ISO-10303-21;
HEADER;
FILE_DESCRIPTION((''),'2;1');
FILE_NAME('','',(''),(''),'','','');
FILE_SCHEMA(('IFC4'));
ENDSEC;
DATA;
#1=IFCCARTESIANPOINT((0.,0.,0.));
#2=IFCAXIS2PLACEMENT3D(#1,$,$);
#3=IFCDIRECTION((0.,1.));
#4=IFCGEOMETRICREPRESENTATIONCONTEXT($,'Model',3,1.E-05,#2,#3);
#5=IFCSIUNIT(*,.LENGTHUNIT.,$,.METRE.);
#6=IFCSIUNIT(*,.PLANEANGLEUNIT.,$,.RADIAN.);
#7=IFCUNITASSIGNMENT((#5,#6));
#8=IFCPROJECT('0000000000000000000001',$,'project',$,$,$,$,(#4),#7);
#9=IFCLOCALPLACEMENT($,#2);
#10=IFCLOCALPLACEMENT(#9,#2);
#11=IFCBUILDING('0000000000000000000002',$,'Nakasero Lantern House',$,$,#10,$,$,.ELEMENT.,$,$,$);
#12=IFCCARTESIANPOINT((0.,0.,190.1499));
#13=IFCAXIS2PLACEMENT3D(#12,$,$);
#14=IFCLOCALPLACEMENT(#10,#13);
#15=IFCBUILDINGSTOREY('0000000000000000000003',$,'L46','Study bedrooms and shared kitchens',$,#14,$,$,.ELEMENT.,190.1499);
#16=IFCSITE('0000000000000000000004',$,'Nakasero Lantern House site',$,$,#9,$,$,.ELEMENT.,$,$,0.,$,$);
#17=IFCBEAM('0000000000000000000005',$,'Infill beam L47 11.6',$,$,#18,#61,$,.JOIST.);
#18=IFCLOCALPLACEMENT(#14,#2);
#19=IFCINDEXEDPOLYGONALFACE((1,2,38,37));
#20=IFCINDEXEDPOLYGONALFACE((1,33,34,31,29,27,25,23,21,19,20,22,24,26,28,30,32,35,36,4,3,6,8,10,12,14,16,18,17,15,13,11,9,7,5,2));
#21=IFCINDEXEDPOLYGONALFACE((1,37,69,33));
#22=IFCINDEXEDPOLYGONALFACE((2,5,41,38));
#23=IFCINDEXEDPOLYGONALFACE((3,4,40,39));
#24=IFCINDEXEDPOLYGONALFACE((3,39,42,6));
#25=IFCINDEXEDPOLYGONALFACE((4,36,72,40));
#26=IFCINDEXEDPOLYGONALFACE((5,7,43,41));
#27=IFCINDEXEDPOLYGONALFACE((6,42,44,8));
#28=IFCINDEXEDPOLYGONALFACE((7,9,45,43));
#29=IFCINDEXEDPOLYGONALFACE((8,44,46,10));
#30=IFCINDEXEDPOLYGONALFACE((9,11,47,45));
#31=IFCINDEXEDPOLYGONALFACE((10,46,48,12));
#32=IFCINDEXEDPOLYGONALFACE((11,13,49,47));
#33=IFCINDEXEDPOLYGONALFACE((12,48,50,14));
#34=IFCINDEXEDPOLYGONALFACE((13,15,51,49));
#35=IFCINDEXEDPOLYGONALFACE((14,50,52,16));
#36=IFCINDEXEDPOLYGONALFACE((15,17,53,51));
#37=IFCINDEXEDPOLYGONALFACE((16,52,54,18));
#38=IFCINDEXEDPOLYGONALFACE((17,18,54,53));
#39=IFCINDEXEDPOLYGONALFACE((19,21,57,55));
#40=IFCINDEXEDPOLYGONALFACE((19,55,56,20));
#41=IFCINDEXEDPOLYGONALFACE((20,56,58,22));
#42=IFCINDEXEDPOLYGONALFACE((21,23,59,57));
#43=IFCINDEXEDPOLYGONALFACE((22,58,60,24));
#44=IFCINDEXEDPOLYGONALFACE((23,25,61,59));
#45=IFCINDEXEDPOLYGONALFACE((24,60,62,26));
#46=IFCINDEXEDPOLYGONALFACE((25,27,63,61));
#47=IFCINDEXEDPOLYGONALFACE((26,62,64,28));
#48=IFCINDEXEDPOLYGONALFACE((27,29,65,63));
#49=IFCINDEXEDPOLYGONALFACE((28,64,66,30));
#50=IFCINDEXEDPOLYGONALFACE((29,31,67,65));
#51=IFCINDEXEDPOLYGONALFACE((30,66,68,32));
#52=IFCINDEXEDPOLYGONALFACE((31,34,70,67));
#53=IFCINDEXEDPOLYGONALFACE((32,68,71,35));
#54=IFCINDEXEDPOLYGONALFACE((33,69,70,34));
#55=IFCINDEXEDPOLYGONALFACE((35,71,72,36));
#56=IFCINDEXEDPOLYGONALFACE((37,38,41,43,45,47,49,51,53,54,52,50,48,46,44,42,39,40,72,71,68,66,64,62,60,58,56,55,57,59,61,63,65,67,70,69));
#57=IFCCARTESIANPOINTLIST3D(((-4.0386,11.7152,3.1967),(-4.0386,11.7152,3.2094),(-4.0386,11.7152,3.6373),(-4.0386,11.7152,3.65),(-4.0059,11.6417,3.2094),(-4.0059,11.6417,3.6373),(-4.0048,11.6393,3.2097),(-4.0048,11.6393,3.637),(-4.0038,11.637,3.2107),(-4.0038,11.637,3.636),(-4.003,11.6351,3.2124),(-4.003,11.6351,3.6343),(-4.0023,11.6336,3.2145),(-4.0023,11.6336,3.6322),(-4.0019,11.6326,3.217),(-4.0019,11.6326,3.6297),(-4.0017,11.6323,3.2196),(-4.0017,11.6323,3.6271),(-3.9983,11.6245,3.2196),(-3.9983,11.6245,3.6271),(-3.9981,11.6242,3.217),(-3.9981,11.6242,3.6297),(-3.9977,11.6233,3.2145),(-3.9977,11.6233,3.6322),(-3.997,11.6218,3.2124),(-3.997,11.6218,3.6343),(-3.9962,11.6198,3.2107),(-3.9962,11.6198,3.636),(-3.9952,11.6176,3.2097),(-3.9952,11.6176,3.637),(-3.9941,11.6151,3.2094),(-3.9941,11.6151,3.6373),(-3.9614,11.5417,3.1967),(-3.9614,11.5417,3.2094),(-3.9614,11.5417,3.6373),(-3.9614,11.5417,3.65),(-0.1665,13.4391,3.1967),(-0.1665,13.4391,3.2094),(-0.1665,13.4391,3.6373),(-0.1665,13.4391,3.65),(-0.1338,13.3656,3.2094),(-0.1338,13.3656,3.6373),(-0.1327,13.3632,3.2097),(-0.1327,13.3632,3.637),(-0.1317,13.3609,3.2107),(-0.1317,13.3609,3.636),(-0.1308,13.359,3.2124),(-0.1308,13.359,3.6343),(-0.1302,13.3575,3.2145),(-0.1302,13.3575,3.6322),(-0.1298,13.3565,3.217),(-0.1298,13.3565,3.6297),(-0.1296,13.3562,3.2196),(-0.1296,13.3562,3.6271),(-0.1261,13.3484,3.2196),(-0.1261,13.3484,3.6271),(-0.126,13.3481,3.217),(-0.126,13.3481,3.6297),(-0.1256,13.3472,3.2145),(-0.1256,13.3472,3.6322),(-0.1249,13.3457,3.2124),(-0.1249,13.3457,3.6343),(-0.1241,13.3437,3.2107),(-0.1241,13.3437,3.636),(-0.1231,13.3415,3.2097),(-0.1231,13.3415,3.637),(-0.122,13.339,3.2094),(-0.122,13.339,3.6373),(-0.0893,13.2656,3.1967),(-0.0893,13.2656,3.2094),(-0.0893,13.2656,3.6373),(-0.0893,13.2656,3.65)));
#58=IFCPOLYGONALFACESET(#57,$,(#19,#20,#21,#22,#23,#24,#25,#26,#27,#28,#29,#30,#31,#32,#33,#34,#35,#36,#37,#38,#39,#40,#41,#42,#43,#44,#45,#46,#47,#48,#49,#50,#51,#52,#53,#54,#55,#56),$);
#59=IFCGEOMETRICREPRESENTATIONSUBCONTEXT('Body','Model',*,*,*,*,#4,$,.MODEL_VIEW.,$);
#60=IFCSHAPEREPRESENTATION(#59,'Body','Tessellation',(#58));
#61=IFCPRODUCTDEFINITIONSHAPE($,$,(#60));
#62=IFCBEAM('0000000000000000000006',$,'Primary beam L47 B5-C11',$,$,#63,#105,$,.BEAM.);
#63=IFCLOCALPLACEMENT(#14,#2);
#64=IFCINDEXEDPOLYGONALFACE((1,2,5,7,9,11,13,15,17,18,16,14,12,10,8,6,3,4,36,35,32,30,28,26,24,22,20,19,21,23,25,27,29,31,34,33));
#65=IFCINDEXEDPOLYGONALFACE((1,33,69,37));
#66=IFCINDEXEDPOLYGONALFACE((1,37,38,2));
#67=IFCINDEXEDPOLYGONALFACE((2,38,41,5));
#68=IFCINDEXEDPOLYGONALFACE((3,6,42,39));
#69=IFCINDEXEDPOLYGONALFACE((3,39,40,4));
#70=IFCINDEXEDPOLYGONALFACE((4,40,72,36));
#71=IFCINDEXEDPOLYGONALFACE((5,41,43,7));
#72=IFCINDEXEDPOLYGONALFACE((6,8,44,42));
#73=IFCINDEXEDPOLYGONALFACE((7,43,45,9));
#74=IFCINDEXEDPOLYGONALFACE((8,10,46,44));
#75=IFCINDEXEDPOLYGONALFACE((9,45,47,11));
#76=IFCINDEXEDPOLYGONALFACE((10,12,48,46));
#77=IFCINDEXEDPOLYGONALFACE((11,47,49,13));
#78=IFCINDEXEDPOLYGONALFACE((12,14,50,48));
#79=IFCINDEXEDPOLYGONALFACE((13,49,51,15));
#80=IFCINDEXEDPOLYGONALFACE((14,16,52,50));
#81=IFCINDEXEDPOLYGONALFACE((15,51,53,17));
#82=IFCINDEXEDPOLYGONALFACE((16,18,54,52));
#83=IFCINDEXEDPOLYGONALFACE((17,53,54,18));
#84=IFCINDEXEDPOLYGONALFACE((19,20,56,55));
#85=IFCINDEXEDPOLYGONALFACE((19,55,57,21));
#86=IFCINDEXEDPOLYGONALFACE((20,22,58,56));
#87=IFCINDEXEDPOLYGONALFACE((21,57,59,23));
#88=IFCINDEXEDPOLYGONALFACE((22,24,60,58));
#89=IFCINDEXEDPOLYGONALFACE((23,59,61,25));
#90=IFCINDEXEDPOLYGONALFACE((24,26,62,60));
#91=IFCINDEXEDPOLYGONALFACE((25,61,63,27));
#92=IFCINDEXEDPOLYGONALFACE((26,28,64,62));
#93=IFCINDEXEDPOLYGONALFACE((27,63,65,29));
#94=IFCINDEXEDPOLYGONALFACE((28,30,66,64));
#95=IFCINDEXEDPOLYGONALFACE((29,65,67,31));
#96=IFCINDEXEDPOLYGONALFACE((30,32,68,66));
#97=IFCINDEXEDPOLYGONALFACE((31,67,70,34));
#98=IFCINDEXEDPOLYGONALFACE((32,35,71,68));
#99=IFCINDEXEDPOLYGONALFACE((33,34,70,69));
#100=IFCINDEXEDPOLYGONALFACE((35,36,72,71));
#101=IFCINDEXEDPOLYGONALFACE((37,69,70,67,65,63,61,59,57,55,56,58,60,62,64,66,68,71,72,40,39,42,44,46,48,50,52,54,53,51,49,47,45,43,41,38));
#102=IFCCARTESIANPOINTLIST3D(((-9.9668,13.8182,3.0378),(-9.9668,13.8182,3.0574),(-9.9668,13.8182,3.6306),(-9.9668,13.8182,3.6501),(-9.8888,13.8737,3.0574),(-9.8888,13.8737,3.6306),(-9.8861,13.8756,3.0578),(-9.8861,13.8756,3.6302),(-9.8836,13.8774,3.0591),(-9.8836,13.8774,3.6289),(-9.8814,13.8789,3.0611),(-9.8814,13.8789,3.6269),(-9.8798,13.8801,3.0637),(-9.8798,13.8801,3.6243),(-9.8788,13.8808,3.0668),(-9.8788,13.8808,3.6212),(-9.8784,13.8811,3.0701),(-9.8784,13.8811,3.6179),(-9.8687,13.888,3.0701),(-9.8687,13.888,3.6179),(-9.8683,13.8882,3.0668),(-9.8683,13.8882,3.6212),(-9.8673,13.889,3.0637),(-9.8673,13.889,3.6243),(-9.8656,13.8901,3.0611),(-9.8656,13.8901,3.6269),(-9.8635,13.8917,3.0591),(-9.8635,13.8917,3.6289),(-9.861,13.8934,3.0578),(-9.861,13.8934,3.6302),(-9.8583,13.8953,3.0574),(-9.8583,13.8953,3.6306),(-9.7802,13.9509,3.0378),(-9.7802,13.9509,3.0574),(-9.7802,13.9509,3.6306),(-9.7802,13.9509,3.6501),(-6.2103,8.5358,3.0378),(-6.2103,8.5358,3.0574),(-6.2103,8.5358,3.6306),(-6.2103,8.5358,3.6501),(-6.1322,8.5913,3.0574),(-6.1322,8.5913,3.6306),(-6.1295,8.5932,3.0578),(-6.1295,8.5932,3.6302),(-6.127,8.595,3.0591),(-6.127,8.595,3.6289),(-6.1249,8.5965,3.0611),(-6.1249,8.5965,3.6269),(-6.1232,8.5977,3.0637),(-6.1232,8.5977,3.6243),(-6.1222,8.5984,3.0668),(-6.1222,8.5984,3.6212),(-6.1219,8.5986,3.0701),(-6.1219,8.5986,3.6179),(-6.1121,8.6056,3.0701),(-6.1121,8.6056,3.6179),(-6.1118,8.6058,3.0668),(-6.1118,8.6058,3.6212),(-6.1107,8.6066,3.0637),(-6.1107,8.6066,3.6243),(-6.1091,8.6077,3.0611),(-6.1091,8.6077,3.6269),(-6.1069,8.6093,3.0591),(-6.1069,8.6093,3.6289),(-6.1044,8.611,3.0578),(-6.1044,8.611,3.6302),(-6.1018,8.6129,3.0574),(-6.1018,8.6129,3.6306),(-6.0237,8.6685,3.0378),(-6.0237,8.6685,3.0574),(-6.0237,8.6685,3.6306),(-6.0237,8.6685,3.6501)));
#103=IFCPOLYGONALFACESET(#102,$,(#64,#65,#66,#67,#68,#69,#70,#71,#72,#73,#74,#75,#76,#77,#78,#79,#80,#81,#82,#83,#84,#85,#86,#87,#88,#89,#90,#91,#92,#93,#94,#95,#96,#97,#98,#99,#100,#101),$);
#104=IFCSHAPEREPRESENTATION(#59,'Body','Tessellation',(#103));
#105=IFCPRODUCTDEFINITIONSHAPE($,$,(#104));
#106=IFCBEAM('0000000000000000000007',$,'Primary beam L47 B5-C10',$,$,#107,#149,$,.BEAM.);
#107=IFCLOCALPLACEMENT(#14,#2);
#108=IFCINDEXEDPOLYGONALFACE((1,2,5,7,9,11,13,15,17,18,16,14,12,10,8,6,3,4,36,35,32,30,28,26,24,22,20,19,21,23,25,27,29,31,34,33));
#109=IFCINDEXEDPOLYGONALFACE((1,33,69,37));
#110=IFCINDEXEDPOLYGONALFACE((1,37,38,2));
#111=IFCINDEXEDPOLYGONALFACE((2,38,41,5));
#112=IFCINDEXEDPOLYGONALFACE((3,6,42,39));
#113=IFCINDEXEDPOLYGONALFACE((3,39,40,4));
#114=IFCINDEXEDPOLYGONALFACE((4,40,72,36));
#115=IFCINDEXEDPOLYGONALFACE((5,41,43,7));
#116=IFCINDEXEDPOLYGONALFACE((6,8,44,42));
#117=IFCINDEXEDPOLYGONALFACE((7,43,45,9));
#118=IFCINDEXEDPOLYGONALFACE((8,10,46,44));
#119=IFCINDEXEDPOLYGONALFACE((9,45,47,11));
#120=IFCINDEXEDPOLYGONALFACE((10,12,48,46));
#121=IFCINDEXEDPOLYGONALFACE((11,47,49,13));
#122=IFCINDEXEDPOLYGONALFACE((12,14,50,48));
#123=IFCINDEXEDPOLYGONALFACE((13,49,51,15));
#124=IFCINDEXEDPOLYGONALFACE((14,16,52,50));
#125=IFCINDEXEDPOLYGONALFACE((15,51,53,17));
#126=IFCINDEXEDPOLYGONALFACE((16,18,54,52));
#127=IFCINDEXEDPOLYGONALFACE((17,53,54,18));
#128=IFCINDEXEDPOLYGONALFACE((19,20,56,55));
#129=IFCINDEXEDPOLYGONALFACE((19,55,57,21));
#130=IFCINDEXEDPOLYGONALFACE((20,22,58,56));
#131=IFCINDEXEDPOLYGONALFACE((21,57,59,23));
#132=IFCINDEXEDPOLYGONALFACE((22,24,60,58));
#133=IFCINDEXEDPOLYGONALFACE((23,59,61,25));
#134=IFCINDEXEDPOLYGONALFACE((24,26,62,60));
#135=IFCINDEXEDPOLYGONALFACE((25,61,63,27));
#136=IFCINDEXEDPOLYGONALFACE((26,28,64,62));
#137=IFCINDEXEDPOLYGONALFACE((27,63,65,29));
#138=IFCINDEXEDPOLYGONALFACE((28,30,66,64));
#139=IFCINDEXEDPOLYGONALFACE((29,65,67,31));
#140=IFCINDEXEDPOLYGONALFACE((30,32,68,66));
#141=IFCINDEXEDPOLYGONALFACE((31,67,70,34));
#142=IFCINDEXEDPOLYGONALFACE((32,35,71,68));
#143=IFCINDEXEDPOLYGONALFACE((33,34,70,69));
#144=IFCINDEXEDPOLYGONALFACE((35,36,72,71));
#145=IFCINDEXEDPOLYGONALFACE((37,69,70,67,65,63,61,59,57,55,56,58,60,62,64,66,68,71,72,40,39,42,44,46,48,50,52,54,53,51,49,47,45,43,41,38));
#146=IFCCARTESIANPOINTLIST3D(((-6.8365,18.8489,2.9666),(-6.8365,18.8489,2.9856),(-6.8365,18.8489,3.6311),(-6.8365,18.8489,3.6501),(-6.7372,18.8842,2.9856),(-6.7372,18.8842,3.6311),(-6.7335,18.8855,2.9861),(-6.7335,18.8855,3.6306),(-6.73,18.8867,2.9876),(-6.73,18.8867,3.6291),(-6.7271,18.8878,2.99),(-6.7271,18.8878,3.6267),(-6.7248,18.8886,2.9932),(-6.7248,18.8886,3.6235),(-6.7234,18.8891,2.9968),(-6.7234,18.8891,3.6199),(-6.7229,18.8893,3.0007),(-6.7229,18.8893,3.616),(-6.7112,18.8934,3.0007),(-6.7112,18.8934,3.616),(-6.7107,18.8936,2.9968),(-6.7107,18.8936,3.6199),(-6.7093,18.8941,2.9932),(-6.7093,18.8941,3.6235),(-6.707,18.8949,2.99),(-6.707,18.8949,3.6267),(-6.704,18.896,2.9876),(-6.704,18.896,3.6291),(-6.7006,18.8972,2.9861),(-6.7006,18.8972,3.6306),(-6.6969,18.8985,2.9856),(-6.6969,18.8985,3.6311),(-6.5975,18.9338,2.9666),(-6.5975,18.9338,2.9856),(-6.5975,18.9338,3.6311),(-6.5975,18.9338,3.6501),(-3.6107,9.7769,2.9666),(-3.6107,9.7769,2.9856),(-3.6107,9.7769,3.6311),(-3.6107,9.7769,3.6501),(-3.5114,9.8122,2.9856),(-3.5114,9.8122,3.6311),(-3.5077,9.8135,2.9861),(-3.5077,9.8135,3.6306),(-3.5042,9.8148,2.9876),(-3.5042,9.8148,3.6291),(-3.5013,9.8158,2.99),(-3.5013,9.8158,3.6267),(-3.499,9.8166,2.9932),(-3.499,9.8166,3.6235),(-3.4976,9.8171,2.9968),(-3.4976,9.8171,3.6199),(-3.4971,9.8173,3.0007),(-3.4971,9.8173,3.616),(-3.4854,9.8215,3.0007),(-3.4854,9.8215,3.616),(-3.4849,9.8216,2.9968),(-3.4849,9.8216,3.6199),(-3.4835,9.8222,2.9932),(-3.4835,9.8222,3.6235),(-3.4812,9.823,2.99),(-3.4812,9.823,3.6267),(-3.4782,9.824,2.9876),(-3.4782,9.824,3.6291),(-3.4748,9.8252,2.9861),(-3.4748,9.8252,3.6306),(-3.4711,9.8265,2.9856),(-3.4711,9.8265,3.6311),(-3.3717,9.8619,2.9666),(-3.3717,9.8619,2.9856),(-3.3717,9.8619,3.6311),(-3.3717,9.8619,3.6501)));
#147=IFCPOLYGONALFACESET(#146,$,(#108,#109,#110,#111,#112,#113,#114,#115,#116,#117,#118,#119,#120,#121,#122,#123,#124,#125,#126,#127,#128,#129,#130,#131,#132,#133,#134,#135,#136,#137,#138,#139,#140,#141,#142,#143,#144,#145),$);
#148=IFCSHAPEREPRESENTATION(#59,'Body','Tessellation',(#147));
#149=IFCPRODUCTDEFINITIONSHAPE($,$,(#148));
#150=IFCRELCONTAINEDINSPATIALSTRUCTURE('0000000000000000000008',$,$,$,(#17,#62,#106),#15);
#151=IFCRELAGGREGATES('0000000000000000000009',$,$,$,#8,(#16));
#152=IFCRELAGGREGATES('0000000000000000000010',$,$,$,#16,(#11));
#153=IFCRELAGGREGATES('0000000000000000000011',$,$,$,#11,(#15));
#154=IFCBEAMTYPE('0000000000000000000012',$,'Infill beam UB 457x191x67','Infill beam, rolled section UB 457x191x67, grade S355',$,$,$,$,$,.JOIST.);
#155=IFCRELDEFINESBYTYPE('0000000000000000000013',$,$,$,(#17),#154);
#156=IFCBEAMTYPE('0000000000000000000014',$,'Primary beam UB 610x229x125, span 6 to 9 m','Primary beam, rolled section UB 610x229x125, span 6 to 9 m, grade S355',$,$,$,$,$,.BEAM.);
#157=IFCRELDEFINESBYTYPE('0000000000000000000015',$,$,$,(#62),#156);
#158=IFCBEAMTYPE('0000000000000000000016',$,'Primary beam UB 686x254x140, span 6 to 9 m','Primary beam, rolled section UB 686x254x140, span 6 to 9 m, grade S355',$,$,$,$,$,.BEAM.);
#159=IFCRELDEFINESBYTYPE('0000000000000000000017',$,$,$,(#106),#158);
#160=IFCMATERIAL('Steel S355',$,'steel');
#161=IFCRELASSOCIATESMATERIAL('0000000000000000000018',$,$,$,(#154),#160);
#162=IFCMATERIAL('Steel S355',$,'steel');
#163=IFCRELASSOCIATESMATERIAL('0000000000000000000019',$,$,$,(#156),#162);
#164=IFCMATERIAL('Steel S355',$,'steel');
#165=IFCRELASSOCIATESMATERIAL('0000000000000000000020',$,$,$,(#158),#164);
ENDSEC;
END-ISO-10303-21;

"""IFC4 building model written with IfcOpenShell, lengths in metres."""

from ifc_helpers import new_model, si_unit, direction, frame, origin, origin_2d, place, context, subcontext, project, spatial, i_section, extrude, material, material_profile, profile_set, type_object, element, save


model = new_model("IFC4")

# Units and contexts
model_context = context("Model", 3, precision=1e-05, world=origin(), true_north=direction((0.0, 1.0)))
body_context = subcontext(model_context, "Body", "Model", "MODEL_VIEW")
ifc_project = project(units=[si_unit("LENGTHUNIT", "METRE"), si_unit("PLANEANGLEUNIT", "RADIAN")], contexts=[model_context])

# Site, building, storey
site_placement = place(None, origin())
site = spatial("IfcSite", under=ifc_project, at=site_placement, Name="Nakasero Lantern House site", CompositionType="ELEMENT", RefElevation=0.0)
building_placement = place(site_placement, origin())
building = spatial("IfcBuilding", under=site, at=building_placement, Name="Nakasero Lantern House", CompositionType="ELEMENT")
storey_placement = place(building_placement, frame((0.0, 0.0, 190.1499)))
storey = spatial("IfcBuildingStorey", under=building, at=storey_placement, Name="L46", Description="Study bedrooms and shared kitchens", CompositionType="ELEMENT", Elevation=190.1499)

# Beams
ifc_material_1 = material(Name="Steel S355", Category="steel")
ifc_material_profile_1 = material_profile(ifc_material_1, i_section(OverallWidth=0.1899, OverallDepth=0.4534, WebThickness=0.0085, FlangeThickness=0.0127, FilletRadius=0.0103, at=origin_2d()), Name="UB 457x191x67")
ifc_profile_set_1 = profile_set([ifc_material_profile_1], Name="Steel S355")
beam_type_1 = type_object("IfcBeamType", Name="Infill beam UB 457x191x67", Description="Infill beam, rolled section UB 457x191x67, grade S355", PredefinedType="JOIST", material=ifc_profile_set_1)
beam_1_placement = place(storey_placement, frame((-4.0, 11.6284, 3.4233), z_axis=(0.913552, 0.406721, 0.0), x_axis=(-0.406721, 0.913552, 0.0)))
element("IfcBeam", 1, at=beam_1_placement, inside=storey, type_object=beam_type_1, Name="Infill beam L47 11.6", PredefinedType="JOIST", context=body_context, shape_type="SweptSolid", body=[
    extrude(i_section(OverallWidth=0.1899, OverallDepth=0.4534, WebThickness=0.0085, FlangeThickness=0.0127, FilletRadius=0.0103, at=origin_2d()), origin(), (0.0, 0.0, 1.0), 4.2385),
])
ifc_material_2 = material(Name="Steel S355", Category="steel")
ifc_material_profile_2 = material_profile(ifc_material_2, i_section(OverallWidth=0.229, OverallDepth=0.6123, WebThickness=0.012, FlangeThickness=0.0195, FilletRadius=0.0127, at=origin_2d()), Name="UB 610x229x125")
ifc_profile_set_2 = profile_set([ifc_material_profile_2], Name="Steel S355")
beam_type_2 = type_object("IfcBeamType", Name="Primary beam UB 610x229x125, span 6 to 9 m", Description="Primary beam, rolled section UB 610x229x125, span 6 to 9 m, grade S355", PredefinedType="BEAM", material=ifc_profile_set_2)
beam_2_placement = place(storey_placement, frame((-9.8735, 13.8845, 3.344), z_axis=(0.579541, -0.814943, 0.0), x_axis=(0.814943, 0.579541, 0.0)))
element("IfcBeam", 2, at=beam_2_placement, inside=storey, type_object=beam_type_2, Name="Primary beam L47 B5-C11", PredefinedType="BEAM", context=body_context, shape_type="SweptSolid", body=[
    extrude(i_section(OverallWidth=0.229, OverallDepth=0.6123, WebThickness=0.012, FlangeThickness=0.0195, FilletRadius=0.0127, at=origin_2d()), origin(), (0.0, 0.0, 1.0), 6.4819),
])
ifc_material_3 = material(Name="Steel S355", Category="steel")
ifc_material_profile_3 = material_profile(ifc_material_3, i_section(OverallWidth=0.2537, OverallDepth=0.6836, WebThickness=0.0125, FlangeThickness=0.019, FilletRadius=0.0151, at=origin_2d()), Name="UB 686x254x140")
ifc_profile_set_3 = profile_set([ifc_material_profile_3], Name="Steel S355")
beam_type_3 = type_object("IfcBeamType", Name="Primary beam UB 686x254x140, span 6 to 9 m", Description="Primary beam, rolled section UB 686x254x140, span 6 to 9 m, grade S355", PredefinedType="BEAM", material=ifc_profile_set_3)
beam_3_placement = place(storey_placement, frame((-6.717, 18.8914, 3.3083), z_axis=(0.33503, -0.942207, 0.0), x_axis=(0.942207, 0.33503, 0.0)))
element("IfcBeam", 3, at=beam_3_placement, inside=storey, type_object=beam_type_3, Name="Primary beam L47 B5-C10", PredefinedType="BEAM", context=body_context, shape_type="SweptSolid", body=[
    extrude(i_section(OverallWidth=0.2537, OverallDepth=0.6836, WebThickness=0.0125, FlangeThickness=0.019, FilletRadius=0.0151, at=origin_2d()), origin(), (0.0, 0.0, 1.0), 9.6284),
])

save(model, "model.ifc")
